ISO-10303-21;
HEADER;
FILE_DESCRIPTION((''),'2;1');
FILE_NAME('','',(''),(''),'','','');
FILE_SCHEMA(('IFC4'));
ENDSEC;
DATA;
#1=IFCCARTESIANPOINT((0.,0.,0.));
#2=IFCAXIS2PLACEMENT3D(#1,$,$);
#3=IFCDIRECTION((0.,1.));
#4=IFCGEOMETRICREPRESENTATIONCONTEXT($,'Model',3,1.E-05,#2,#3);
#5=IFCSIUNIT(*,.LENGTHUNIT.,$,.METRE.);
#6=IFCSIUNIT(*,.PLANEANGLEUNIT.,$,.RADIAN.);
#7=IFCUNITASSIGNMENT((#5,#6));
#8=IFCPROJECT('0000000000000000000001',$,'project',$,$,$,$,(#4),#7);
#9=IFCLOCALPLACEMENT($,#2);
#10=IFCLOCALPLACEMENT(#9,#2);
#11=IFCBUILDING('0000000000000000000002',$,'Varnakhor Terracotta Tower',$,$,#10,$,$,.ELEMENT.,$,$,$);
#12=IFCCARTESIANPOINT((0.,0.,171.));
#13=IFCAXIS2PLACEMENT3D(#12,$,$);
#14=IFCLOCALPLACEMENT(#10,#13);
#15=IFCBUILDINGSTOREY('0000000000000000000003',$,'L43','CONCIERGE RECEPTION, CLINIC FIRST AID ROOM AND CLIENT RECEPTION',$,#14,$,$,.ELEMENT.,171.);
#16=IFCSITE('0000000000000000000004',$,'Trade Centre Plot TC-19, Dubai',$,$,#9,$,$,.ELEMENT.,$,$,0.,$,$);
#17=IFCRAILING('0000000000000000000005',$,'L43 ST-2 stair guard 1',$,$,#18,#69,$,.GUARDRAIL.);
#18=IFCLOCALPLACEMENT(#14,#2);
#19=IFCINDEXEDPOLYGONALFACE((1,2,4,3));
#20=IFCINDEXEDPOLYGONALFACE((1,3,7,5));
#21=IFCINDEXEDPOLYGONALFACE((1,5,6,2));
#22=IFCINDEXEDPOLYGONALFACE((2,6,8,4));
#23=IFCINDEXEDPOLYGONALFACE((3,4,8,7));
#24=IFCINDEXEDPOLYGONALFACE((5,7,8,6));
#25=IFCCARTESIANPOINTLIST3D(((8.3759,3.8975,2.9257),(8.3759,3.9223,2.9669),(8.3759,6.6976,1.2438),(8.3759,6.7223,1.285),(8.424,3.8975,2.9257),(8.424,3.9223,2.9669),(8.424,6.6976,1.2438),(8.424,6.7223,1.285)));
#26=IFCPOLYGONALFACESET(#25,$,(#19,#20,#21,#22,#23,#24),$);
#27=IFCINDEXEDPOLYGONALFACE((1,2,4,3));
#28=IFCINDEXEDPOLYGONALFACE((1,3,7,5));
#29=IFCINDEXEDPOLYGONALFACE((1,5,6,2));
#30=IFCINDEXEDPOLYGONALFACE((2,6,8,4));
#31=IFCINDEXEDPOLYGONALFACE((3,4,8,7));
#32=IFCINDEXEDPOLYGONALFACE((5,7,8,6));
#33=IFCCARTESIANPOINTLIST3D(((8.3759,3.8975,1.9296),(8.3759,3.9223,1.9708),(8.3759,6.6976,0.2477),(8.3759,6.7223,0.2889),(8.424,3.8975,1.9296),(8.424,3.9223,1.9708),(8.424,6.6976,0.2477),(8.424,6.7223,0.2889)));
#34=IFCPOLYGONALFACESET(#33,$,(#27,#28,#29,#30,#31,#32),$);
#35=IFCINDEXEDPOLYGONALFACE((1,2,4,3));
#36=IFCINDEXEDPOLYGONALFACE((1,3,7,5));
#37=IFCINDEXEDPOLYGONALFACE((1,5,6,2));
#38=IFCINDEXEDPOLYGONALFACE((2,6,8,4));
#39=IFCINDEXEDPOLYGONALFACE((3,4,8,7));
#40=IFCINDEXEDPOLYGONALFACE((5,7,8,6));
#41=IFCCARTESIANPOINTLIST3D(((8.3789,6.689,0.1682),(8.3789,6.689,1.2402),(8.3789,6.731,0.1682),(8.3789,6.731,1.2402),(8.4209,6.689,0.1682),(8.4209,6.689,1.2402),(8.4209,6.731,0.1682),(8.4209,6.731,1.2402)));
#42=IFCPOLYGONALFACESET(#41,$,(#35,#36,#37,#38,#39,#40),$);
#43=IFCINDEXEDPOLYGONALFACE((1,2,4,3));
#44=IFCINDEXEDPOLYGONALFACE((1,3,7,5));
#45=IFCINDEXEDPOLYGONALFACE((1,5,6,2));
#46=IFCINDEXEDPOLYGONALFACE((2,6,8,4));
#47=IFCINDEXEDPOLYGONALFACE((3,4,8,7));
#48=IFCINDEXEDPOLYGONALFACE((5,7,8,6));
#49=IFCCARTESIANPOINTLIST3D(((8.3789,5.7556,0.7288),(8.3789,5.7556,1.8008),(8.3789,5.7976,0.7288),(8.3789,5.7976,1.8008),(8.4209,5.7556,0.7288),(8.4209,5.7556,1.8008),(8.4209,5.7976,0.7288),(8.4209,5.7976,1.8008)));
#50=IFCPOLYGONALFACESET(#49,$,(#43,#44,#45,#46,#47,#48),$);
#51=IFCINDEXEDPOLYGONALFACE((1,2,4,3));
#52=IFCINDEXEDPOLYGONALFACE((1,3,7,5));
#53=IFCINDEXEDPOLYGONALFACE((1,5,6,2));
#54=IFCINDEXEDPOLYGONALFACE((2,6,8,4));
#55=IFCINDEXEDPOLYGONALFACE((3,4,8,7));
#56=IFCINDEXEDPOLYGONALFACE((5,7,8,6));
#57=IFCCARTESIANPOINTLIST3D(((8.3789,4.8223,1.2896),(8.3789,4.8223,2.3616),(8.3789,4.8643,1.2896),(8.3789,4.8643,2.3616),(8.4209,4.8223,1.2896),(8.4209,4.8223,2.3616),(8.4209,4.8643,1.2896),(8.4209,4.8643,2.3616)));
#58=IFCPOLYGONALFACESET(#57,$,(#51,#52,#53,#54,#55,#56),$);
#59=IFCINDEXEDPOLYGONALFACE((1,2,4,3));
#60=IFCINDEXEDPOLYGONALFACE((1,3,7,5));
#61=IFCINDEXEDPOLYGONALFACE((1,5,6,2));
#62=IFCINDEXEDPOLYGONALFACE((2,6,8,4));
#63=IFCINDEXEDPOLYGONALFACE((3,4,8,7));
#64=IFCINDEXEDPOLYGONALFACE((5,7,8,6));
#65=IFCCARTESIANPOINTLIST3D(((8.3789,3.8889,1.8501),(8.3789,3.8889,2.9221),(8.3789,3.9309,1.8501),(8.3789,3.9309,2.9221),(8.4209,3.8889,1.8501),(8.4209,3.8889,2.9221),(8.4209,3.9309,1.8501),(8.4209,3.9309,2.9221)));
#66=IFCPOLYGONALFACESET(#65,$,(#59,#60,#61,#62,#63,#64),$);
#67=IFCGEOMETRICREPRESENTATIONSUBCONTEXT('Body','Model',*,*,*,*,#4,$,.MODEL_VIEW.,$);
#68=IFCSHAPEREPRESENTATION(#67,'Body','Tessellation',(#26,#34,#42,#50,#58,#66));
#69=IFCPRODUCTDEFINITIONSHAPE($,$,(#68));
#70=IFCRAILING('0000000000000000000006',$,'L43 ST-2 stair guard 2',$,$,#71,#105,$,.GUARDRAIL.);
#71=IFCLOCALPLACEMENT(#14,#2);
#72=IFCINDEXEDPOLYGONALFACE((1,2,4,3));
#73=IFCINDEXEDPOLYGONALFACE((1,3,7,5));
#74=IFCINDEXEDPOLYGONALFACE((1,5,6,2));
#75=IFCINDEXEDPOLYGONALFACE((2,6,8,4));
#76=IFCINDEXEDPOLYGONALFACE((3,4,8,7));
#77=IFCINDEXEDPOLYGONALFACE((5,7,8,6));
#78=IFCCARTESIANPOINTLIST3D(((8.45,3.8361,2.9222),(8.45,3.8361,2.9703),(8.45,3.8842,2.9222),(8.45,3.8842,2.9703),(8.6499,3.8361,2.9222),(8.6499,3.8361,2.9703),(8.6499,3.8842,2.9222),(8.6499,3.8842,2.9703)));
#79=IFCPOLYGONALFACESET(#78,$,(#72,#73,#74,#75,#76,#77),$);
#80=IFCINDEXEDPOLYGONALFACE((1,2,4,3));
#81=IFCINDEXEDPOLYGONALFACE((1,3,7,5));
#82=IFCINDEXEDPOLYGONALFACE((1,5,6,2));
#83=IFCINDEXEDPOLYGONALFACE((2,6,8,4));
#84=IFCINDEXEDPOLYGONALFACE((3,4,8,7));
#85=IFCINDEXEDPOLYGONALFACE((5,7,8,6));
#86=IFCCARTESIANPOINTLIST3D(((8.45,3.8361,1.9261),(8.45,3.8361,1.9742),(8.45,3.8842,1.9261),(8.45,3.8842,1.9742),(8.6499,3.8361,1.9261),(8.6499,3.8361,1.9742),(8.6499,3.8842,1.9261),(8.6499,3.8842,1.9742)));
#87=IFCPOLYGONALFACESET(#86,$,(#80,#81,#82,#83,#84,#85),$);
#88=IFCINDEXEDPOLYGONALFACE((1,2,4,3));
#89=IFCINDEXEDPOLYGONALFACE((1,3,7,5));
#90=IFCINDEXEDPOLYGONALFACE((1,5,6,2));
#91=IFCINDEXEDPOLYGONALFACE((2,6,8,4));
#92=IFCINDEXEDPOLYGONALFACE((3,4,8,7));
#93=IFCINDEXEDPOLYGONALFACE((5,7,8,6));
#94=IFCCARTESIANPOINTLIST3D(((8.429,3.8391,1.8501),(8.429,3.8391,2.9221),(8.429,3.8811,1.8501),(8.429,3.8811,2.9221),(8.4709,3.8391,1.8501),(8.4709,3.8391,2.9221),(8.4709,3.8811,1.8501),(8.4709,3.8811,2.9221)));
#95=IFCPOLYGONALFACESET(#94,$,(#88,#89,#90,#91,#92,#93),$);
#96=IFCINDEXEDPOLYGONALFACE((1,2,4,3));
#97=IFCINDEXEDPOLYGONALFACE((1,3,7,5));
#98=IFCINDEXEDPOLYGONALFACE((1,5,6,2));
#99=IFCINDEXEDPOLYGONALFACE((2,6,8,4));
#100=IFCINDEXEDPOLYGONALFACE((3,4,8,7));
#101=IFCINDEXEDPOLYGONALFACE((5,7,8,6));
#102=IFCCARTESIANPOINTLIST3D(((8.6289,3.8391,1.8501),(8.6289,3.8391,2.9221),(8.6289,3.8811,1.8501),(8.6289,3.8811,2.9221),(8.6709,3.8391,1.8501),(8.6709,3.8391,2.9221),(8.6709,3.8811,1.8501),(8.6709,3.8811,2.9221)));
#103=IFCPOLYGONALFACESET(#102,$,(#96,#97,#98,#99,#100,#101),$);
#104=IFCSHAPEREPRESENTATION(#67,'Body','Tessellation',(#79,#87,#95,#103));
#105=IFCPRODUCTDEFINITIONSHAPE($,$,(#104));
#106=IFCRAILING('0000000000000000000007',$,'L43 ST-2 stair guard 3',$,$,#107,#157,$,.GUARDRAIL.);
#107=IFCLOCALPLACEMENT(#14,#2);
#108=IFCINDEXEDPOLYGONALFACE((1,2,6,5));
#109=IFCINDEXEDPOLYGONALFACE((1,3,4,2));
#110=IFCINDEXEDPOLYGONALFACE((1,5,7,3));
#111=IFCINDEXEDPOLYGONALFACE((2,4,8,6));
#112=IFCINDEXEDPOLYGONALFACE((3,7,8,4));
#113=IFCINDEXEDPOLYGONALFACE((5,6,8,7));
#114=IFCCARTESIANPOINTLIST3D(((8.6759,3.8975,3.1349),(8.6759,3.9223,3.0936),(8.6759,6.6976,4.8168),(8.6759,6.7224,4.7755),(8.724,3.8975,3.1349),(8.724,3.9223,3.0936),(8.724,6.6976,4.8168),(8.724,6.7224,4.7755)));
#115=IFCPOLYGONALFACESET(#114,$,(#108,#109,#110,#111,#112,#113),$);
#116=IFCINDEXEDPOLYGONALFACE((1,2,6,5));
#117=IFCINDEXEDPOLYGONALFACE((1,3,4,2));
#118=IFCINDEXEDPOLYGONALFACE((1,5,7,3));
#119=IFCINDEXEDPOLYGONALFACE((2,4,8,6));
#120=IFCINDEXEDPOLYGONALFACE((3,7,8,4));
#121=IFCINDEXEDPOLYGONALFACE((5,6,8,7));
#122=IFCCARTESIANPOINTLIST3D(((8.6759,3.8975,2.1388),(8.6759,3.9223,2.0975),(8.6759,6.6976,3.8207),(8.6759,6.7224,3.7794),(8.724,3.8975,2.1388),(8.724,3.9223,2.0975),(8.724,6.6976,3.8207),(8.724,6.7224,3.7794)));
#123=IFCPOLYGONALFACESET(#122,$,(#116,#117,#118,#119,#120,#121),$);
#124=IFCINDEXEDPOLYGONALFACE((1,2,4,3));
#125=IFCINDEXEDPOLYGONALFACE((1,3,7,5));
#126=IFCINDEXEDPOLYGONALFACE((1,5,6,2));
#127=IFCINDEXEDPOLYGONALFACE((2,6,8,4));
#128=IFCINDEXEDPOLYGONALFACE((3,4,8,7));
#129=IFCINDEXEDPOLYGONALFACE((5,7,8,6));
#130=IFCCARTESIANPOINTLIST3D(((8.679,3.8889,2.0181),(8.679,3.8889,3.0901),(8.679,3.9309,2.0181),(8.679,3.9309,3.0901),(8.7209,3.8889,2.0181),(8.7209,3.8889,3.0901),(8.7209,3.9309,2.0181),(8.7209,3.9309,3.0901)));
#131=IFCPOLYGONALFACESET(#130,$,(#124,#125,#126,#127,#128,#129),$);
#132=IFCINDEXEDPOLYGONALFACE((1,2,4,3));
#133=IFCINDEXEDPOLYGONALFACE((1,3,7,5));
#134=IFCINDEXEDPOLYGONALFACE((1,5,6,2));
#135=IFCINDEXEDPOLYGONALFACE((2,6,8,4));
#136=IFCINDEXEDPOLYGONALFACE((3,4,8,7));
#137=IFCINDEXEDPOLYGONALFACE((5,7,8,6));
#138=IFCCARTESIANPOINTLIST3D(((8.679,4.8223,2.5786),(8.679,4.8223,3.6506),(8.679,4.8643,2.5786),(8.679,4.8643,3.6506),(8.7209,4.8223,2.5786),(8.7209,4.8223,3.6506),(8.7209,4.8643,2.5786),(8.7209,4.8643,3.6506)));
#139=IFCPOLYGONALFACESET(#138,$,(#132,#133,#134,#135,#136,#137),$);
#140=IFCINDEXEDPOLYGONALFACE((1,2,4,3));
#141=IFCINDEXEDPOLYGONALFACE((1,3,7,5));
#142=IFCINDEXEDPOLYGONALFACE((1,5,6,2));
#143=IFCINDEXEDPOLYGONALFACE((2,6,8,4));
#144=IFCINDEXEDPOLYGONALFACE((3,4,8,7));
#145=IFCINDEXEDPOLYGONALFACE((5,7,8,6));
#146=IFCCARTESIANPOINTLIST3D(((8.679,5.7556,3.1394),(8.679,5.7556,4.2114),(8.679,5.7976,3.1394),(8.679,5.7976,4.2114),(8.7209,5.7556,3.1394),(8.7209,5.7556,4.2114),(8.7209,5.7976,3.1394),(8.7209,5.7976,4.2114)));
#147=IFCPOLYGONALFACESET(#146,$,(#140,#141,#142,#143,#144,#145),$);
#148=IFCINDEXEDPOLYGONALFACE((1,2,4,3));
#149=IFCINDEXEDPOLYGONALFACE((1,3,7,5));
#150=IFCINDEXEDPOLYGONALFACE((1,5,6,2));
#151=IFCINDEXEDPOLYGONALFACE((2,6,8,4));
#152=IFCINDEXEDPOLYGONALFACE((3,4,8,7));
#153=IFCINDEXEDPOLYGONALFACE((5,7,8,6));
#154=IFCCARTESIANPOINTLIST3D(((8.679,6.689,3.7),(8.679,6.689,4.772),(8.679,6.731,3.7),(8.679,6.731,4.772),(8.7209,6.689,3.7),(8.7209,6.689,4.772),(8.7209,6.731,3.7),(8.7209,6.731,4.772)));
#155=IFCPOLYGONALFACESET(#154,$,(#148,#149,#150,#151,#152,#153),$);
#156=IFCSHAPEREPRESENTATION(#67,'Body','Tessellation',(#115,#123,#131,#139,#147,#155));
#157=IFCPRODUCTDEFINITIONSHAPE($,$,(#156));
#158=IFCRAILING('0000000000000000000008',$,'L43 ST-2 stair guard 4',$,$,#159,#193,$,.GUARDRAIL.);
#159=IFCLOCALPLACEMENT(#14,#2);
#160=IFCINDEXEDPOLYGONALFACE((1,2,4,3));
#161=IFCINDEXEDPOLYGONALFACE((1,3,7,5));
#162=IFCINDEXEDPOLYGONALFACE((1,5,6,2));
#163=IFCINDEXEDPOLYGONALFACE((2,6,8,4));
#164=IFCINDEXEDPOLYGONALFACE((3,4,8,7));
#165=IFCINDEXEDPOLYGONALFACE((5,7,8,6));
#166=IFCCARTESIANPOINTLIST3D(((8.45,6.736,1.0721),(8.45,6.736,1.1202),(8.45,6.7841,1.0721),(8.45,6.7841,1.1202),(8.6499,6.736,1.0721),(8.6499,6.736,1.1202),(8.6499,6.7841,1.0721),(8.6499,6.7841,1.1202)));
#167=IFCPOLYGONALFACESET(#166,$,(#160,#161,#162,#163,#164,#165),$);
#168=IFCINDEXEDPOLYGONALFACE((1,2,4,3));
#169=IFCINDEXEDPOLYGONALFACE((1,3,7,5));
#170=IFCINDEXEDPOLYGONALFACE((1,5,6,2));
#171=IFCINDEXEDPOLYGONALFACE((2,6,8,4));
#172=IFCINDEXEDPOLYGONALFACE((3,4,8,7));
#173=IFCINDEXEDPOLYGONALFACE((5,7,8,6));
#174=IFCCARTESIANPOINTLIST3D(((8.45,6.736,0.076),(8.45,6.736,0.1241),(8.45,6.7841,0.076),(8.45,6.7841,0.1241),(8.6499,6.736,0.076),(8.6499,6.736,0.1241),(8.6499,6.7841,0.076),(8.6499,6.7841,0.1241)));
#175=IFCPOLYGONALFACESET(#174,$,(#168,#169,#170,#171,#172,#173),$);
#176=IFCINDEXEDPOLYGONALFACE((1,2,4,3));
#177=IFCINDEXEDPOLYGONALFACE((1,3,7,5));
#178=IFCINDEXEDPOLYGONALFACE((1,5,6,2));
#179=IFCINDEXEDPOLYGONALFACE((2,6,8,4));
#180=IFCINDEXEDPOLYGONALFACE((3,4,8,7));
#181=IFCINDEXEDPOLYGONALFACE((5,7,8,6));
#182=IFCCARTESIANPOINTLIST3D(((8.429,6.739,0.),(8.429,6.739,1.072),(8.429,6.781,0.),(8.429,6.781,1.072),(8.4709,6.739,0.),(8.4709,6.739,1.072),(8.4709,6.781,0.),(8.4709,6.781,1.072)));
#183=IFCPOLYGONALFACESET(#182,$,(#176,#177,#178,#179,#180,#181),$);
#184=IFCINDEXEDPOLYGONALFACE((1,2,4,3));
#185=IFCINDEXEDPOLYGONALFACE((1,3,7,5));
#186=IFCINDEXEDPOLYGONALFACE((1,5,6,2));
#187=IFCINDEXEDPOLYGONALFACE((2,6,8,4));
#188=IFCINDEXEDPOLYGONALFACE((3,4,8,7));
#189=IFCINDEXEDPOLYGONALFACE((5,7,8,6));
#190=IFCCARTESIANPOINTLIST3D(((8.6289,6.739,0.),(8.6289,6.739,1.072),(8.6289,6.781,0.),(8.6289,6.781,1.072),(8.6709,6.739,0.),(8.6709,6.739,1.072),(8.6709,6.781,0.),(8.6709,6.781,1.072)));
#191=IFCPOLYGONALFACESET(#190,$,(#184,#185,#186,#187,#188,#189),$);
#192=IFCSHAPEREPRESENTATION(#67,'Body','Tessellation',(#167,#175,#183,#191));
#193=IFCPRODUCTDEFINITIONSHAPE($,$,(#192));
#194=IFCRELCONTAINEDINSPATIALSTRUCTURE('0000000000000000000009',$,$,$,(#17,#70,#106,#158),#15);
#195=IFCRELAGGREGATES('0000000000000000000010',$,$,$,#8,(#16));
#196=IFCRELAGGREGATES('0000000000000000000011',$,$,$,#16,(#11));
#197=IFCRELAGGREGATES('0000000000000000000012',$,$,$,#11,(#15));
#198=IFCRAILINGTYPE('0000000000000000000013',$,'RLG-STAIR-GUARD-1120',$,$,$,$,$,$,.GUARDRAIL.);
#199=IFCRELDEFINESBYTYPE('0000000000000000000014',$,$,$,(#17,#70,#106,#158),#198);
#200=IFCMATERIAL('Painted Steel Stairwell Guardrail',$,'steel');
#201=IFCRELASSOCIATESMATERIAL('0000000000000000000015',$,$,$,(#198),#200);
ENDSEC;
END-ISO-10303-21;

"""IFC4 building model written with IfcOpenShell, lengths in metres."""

from ifc_helpers import new_model, si_unit, direction, frame, origin, origin_2d, place, context, subcontext, project, spatial, rectangle, extrude, material, type_object, element, save


model = new_model("IFC4")

# Units and contexts
model_context = context("Model", 3, precision=1e-05, world=origin(), true_north=direction((0.0, 1.0)))
body_context = subcontext(model_context, "Body", "Model", "MODEL_VIEW")
ifc_project = project(units=[si_unit("LENGTHUNIT", "METRE"), si_unit("PLANEANGLEUNIT", "RADIAN")], contexts=[model_context])

# Site, building, storey
site_placement = place(None, origin())
site = spatial("IfcSite", under=ifc_project, at=site_placement, Name="Trade Centre Plot TC-19, Dubai", CompositionType="ELEMENT", RefElevation=0.0)
building_placement = place(site_placement, origin())
building = spatial("IfcBuilding", under=site, at=building_placement, Name="Varnakhor Terracotta Tower", CompositionType="ELEMENT")
storey_placement = place(building_placement, frame((0.0, 0.0, 171.0)))
storey = spatial("IfcBuildingStorey", under=building, at=storey_placement, Name="L43", Description="CONCIERGE RECEPTION, CLINIC FIRST AID ROOM AND CLIENT RECEPTION", CompositionType="ELEMENT", Elevation=171.0)

# Railings
ifc_material_1 = material(Name="Painted Steel Stairwell Guardrail", Category="steel")
railing_type_1 = type_object("IfcRailingType", Name="RLG-STAIR-GUARD-1120", PredefinedType="GUARDRAIL", material=ifc_material_1)
railing_1_placement = place(storey_placement, frame((8.3999, 6.71, 0.1682)))
element("IfcRailing", 1, at=railing_1_placement, inside=storey, type_object=railing_type_1, Name="L43 ST-2 stair guard 1", PredefinedType="GUARDRAIL", context=body_context, shape_type="SweptSolid", body=[
    extrude(rectangle(XDim=0.0481, YDim=0.0481, at=origin_2d()), frame((0.0, 0.0, 1.0962), z_axis=(0.0, -0.857242, 0.514913), x_axis=(1.0, 0.0, 0.0)), (0.0, 0.0, 1.0), 3.2664),
    extrude(rectangle(XDim=0.0481, YDim=0.0481, at=origin_2d()), frame((0.0, 0.0, 0.1001), z_axis=(0.0, -0.857242, 0.514913), x_axis=(1.0, 0.0, 0.0)), (0.0, 0.0, 1.0), 3.2664),
    extrude(rectangle(XDim=0.042, YDim=0.042, at=origin_2d()), origin(), (0.0, 0.0, 1.0), 1.072),
    extrude(rectangle(XDim=0.042, YDim=0.042, at=origin_2d()), frame((0.0, -0.9333, 0.5605)), (0.0, 0.0, 1.0), 1.072),
    extrude(rectangle(XDim=0.042, YDim=0.042, at=origin_2d()), frame((0.0, -1.8667, 1.1213)), (0.0, 0.0, 1.0), 1.072),
    extrude(rectangle(XDim=0.042, YDim=0.042, at=origin_2d()), frame((0.0, -2.8, 1.6819)), (0.0, 0.0, 1.0), 1.072),
])
railing_2_placement = place(storey_placement, frame((8.45, 3.8601, 1.8501)))
element("IfcRailing", 2, at=railing_2_placement, inside=storey, type_object=railing_type_1, Name="L43 ST-2 stair guard 2", PredefinedType="GUARDRAIL", context=body_context, shape_type="SweptSolid", body=[
    extrude(rectangle(XDim=0.0481, YDim=0.0481, at=origin_2d()), frame((0.0, 0.0, 1.0962), z_axis=(1.0, 0.0, 0.0), x_axis=(0.0, 1.0, 0.0)), (0.0, 0.0, 1.0), 0.2),
    extrude(rectangle(XDim=0.0481, YDim=0.0481, at=origin_2d()), frame((0.0, 0.0, 0.1001), z_axis=(1.0, 0.0, 0.0), x_axis=(0.0, 1.0, 0.0)), (0.0, 0.0, 1.0), 0.2),
    extrude(rectangle(XDim=0.042, YDim=0.042, at=origin_2d()), origin(), (0.0, 0.0, 1.0), 1.072),
    extrude(rectangle(XDim=0.042, YDim=0.042, at=origin_2d()), frame((0.2, 0.0, 0.0)), (0.0, 0.0, 1.0), 1.072),
])
railing_3_placement = place(storey_placement, frame((8.7, 3.9099, 2.0181)))
element("IfcRailing", 3, at=railing_3_placement, inside=storey, type_object=railing_type_1, Name="L43 ST-2 stair guard 3", PredefinedType="GUARDRAIL", context=body_context, shape_type="SweptSolid", body=[
    extrude(rectangle(XDim=0.0481, YDim=0.0481, at=origin_2d()), frame((0.0, 0.0, 1.0962), z_axis=(0.0, 0.857242, 0.514913), x_axis=(-1.0, 0.0, 0.0)), (0.0, 0.0, 1.0), 3.2664),
    extrude(rectangle(XDim=0.0481, YDim=0.0481, at=origin_2d()), frame((0.0, 0.0, 0.1001), z_axis=(0.0, 0.857242, 0.514913), x_axis=(-1.0, 0.0, 0.0)), (0.0, 0.0, 1.0), 3.2664),
    extrude(rectangle(XDim=0.042, YDim=0.042, at=origin_2d()), origin(), (0.0, 0.0, 1.0), 1.072),
    extrude(rectangle(XDim=0.042, YDim=0.042, at=origin_2d()), frame((0.0, 0.9333, 0.5605)), (0.0, 0.0, 1.0), 1.072),
    extrude(rectangle(XDim=0.042, YDim=0.042, at=origin_2d()), frame((0.0, 1.8667, 1.1213)), (0.0, 0.0, 1.0), 1.072),
    extrude(rectangle(XDim=0.042, YDim=0.042, at=origin_2d()), frame((0.0, 2.8, 1.6819)), (0.0, 0.0, 1.0), 1.072),
])
railing_4_placement = place(storey_placement, frame((8.45, 6.76, 0.0)))
element("IfcRailing", 4, at=railing_4_placement, inside=storey, type_object=railing_type_1, Name="L43 ST-2 stair guard 4", PredefinedType="GUARDRAIL", context=body_context, shape_type="SweptSolid", body=[
    extrude(rectangle(XDim=0.0481, YDim=0.0481, at=origin_2d()), frame((0.0, 0.0, 1.0962), z_axis=(1.0, 0.0, 0.0), x_axis=(0.0, 1.0, 0.0)), (0.0, 0.0, 1.0), 0.2),
    extrude(rectangle(XDim=0.0481, YDim=0.0481, at=origin_2d()), frame((0.0, 0.0, 0.1001), z_axis=(1.0, 0.0, 0.0), x_axis=(0.0, 1.0, 0.0)), (0.0, 0.0, 1.0), 0.2),
    extrude(rectangle(XDim=0.042, YDim=0.042, at=origin_2d()), origin(), (0.0, 0.0, 1.0), 1.072),
    extrude(rectangle(XDim=0.042, YDim=0.042, at=origin_2d()), frame((0.2, 0.0, 0.0)), (0.0, 0.0, 1.0), 1.072),
])

save(model, "model.ifc")
